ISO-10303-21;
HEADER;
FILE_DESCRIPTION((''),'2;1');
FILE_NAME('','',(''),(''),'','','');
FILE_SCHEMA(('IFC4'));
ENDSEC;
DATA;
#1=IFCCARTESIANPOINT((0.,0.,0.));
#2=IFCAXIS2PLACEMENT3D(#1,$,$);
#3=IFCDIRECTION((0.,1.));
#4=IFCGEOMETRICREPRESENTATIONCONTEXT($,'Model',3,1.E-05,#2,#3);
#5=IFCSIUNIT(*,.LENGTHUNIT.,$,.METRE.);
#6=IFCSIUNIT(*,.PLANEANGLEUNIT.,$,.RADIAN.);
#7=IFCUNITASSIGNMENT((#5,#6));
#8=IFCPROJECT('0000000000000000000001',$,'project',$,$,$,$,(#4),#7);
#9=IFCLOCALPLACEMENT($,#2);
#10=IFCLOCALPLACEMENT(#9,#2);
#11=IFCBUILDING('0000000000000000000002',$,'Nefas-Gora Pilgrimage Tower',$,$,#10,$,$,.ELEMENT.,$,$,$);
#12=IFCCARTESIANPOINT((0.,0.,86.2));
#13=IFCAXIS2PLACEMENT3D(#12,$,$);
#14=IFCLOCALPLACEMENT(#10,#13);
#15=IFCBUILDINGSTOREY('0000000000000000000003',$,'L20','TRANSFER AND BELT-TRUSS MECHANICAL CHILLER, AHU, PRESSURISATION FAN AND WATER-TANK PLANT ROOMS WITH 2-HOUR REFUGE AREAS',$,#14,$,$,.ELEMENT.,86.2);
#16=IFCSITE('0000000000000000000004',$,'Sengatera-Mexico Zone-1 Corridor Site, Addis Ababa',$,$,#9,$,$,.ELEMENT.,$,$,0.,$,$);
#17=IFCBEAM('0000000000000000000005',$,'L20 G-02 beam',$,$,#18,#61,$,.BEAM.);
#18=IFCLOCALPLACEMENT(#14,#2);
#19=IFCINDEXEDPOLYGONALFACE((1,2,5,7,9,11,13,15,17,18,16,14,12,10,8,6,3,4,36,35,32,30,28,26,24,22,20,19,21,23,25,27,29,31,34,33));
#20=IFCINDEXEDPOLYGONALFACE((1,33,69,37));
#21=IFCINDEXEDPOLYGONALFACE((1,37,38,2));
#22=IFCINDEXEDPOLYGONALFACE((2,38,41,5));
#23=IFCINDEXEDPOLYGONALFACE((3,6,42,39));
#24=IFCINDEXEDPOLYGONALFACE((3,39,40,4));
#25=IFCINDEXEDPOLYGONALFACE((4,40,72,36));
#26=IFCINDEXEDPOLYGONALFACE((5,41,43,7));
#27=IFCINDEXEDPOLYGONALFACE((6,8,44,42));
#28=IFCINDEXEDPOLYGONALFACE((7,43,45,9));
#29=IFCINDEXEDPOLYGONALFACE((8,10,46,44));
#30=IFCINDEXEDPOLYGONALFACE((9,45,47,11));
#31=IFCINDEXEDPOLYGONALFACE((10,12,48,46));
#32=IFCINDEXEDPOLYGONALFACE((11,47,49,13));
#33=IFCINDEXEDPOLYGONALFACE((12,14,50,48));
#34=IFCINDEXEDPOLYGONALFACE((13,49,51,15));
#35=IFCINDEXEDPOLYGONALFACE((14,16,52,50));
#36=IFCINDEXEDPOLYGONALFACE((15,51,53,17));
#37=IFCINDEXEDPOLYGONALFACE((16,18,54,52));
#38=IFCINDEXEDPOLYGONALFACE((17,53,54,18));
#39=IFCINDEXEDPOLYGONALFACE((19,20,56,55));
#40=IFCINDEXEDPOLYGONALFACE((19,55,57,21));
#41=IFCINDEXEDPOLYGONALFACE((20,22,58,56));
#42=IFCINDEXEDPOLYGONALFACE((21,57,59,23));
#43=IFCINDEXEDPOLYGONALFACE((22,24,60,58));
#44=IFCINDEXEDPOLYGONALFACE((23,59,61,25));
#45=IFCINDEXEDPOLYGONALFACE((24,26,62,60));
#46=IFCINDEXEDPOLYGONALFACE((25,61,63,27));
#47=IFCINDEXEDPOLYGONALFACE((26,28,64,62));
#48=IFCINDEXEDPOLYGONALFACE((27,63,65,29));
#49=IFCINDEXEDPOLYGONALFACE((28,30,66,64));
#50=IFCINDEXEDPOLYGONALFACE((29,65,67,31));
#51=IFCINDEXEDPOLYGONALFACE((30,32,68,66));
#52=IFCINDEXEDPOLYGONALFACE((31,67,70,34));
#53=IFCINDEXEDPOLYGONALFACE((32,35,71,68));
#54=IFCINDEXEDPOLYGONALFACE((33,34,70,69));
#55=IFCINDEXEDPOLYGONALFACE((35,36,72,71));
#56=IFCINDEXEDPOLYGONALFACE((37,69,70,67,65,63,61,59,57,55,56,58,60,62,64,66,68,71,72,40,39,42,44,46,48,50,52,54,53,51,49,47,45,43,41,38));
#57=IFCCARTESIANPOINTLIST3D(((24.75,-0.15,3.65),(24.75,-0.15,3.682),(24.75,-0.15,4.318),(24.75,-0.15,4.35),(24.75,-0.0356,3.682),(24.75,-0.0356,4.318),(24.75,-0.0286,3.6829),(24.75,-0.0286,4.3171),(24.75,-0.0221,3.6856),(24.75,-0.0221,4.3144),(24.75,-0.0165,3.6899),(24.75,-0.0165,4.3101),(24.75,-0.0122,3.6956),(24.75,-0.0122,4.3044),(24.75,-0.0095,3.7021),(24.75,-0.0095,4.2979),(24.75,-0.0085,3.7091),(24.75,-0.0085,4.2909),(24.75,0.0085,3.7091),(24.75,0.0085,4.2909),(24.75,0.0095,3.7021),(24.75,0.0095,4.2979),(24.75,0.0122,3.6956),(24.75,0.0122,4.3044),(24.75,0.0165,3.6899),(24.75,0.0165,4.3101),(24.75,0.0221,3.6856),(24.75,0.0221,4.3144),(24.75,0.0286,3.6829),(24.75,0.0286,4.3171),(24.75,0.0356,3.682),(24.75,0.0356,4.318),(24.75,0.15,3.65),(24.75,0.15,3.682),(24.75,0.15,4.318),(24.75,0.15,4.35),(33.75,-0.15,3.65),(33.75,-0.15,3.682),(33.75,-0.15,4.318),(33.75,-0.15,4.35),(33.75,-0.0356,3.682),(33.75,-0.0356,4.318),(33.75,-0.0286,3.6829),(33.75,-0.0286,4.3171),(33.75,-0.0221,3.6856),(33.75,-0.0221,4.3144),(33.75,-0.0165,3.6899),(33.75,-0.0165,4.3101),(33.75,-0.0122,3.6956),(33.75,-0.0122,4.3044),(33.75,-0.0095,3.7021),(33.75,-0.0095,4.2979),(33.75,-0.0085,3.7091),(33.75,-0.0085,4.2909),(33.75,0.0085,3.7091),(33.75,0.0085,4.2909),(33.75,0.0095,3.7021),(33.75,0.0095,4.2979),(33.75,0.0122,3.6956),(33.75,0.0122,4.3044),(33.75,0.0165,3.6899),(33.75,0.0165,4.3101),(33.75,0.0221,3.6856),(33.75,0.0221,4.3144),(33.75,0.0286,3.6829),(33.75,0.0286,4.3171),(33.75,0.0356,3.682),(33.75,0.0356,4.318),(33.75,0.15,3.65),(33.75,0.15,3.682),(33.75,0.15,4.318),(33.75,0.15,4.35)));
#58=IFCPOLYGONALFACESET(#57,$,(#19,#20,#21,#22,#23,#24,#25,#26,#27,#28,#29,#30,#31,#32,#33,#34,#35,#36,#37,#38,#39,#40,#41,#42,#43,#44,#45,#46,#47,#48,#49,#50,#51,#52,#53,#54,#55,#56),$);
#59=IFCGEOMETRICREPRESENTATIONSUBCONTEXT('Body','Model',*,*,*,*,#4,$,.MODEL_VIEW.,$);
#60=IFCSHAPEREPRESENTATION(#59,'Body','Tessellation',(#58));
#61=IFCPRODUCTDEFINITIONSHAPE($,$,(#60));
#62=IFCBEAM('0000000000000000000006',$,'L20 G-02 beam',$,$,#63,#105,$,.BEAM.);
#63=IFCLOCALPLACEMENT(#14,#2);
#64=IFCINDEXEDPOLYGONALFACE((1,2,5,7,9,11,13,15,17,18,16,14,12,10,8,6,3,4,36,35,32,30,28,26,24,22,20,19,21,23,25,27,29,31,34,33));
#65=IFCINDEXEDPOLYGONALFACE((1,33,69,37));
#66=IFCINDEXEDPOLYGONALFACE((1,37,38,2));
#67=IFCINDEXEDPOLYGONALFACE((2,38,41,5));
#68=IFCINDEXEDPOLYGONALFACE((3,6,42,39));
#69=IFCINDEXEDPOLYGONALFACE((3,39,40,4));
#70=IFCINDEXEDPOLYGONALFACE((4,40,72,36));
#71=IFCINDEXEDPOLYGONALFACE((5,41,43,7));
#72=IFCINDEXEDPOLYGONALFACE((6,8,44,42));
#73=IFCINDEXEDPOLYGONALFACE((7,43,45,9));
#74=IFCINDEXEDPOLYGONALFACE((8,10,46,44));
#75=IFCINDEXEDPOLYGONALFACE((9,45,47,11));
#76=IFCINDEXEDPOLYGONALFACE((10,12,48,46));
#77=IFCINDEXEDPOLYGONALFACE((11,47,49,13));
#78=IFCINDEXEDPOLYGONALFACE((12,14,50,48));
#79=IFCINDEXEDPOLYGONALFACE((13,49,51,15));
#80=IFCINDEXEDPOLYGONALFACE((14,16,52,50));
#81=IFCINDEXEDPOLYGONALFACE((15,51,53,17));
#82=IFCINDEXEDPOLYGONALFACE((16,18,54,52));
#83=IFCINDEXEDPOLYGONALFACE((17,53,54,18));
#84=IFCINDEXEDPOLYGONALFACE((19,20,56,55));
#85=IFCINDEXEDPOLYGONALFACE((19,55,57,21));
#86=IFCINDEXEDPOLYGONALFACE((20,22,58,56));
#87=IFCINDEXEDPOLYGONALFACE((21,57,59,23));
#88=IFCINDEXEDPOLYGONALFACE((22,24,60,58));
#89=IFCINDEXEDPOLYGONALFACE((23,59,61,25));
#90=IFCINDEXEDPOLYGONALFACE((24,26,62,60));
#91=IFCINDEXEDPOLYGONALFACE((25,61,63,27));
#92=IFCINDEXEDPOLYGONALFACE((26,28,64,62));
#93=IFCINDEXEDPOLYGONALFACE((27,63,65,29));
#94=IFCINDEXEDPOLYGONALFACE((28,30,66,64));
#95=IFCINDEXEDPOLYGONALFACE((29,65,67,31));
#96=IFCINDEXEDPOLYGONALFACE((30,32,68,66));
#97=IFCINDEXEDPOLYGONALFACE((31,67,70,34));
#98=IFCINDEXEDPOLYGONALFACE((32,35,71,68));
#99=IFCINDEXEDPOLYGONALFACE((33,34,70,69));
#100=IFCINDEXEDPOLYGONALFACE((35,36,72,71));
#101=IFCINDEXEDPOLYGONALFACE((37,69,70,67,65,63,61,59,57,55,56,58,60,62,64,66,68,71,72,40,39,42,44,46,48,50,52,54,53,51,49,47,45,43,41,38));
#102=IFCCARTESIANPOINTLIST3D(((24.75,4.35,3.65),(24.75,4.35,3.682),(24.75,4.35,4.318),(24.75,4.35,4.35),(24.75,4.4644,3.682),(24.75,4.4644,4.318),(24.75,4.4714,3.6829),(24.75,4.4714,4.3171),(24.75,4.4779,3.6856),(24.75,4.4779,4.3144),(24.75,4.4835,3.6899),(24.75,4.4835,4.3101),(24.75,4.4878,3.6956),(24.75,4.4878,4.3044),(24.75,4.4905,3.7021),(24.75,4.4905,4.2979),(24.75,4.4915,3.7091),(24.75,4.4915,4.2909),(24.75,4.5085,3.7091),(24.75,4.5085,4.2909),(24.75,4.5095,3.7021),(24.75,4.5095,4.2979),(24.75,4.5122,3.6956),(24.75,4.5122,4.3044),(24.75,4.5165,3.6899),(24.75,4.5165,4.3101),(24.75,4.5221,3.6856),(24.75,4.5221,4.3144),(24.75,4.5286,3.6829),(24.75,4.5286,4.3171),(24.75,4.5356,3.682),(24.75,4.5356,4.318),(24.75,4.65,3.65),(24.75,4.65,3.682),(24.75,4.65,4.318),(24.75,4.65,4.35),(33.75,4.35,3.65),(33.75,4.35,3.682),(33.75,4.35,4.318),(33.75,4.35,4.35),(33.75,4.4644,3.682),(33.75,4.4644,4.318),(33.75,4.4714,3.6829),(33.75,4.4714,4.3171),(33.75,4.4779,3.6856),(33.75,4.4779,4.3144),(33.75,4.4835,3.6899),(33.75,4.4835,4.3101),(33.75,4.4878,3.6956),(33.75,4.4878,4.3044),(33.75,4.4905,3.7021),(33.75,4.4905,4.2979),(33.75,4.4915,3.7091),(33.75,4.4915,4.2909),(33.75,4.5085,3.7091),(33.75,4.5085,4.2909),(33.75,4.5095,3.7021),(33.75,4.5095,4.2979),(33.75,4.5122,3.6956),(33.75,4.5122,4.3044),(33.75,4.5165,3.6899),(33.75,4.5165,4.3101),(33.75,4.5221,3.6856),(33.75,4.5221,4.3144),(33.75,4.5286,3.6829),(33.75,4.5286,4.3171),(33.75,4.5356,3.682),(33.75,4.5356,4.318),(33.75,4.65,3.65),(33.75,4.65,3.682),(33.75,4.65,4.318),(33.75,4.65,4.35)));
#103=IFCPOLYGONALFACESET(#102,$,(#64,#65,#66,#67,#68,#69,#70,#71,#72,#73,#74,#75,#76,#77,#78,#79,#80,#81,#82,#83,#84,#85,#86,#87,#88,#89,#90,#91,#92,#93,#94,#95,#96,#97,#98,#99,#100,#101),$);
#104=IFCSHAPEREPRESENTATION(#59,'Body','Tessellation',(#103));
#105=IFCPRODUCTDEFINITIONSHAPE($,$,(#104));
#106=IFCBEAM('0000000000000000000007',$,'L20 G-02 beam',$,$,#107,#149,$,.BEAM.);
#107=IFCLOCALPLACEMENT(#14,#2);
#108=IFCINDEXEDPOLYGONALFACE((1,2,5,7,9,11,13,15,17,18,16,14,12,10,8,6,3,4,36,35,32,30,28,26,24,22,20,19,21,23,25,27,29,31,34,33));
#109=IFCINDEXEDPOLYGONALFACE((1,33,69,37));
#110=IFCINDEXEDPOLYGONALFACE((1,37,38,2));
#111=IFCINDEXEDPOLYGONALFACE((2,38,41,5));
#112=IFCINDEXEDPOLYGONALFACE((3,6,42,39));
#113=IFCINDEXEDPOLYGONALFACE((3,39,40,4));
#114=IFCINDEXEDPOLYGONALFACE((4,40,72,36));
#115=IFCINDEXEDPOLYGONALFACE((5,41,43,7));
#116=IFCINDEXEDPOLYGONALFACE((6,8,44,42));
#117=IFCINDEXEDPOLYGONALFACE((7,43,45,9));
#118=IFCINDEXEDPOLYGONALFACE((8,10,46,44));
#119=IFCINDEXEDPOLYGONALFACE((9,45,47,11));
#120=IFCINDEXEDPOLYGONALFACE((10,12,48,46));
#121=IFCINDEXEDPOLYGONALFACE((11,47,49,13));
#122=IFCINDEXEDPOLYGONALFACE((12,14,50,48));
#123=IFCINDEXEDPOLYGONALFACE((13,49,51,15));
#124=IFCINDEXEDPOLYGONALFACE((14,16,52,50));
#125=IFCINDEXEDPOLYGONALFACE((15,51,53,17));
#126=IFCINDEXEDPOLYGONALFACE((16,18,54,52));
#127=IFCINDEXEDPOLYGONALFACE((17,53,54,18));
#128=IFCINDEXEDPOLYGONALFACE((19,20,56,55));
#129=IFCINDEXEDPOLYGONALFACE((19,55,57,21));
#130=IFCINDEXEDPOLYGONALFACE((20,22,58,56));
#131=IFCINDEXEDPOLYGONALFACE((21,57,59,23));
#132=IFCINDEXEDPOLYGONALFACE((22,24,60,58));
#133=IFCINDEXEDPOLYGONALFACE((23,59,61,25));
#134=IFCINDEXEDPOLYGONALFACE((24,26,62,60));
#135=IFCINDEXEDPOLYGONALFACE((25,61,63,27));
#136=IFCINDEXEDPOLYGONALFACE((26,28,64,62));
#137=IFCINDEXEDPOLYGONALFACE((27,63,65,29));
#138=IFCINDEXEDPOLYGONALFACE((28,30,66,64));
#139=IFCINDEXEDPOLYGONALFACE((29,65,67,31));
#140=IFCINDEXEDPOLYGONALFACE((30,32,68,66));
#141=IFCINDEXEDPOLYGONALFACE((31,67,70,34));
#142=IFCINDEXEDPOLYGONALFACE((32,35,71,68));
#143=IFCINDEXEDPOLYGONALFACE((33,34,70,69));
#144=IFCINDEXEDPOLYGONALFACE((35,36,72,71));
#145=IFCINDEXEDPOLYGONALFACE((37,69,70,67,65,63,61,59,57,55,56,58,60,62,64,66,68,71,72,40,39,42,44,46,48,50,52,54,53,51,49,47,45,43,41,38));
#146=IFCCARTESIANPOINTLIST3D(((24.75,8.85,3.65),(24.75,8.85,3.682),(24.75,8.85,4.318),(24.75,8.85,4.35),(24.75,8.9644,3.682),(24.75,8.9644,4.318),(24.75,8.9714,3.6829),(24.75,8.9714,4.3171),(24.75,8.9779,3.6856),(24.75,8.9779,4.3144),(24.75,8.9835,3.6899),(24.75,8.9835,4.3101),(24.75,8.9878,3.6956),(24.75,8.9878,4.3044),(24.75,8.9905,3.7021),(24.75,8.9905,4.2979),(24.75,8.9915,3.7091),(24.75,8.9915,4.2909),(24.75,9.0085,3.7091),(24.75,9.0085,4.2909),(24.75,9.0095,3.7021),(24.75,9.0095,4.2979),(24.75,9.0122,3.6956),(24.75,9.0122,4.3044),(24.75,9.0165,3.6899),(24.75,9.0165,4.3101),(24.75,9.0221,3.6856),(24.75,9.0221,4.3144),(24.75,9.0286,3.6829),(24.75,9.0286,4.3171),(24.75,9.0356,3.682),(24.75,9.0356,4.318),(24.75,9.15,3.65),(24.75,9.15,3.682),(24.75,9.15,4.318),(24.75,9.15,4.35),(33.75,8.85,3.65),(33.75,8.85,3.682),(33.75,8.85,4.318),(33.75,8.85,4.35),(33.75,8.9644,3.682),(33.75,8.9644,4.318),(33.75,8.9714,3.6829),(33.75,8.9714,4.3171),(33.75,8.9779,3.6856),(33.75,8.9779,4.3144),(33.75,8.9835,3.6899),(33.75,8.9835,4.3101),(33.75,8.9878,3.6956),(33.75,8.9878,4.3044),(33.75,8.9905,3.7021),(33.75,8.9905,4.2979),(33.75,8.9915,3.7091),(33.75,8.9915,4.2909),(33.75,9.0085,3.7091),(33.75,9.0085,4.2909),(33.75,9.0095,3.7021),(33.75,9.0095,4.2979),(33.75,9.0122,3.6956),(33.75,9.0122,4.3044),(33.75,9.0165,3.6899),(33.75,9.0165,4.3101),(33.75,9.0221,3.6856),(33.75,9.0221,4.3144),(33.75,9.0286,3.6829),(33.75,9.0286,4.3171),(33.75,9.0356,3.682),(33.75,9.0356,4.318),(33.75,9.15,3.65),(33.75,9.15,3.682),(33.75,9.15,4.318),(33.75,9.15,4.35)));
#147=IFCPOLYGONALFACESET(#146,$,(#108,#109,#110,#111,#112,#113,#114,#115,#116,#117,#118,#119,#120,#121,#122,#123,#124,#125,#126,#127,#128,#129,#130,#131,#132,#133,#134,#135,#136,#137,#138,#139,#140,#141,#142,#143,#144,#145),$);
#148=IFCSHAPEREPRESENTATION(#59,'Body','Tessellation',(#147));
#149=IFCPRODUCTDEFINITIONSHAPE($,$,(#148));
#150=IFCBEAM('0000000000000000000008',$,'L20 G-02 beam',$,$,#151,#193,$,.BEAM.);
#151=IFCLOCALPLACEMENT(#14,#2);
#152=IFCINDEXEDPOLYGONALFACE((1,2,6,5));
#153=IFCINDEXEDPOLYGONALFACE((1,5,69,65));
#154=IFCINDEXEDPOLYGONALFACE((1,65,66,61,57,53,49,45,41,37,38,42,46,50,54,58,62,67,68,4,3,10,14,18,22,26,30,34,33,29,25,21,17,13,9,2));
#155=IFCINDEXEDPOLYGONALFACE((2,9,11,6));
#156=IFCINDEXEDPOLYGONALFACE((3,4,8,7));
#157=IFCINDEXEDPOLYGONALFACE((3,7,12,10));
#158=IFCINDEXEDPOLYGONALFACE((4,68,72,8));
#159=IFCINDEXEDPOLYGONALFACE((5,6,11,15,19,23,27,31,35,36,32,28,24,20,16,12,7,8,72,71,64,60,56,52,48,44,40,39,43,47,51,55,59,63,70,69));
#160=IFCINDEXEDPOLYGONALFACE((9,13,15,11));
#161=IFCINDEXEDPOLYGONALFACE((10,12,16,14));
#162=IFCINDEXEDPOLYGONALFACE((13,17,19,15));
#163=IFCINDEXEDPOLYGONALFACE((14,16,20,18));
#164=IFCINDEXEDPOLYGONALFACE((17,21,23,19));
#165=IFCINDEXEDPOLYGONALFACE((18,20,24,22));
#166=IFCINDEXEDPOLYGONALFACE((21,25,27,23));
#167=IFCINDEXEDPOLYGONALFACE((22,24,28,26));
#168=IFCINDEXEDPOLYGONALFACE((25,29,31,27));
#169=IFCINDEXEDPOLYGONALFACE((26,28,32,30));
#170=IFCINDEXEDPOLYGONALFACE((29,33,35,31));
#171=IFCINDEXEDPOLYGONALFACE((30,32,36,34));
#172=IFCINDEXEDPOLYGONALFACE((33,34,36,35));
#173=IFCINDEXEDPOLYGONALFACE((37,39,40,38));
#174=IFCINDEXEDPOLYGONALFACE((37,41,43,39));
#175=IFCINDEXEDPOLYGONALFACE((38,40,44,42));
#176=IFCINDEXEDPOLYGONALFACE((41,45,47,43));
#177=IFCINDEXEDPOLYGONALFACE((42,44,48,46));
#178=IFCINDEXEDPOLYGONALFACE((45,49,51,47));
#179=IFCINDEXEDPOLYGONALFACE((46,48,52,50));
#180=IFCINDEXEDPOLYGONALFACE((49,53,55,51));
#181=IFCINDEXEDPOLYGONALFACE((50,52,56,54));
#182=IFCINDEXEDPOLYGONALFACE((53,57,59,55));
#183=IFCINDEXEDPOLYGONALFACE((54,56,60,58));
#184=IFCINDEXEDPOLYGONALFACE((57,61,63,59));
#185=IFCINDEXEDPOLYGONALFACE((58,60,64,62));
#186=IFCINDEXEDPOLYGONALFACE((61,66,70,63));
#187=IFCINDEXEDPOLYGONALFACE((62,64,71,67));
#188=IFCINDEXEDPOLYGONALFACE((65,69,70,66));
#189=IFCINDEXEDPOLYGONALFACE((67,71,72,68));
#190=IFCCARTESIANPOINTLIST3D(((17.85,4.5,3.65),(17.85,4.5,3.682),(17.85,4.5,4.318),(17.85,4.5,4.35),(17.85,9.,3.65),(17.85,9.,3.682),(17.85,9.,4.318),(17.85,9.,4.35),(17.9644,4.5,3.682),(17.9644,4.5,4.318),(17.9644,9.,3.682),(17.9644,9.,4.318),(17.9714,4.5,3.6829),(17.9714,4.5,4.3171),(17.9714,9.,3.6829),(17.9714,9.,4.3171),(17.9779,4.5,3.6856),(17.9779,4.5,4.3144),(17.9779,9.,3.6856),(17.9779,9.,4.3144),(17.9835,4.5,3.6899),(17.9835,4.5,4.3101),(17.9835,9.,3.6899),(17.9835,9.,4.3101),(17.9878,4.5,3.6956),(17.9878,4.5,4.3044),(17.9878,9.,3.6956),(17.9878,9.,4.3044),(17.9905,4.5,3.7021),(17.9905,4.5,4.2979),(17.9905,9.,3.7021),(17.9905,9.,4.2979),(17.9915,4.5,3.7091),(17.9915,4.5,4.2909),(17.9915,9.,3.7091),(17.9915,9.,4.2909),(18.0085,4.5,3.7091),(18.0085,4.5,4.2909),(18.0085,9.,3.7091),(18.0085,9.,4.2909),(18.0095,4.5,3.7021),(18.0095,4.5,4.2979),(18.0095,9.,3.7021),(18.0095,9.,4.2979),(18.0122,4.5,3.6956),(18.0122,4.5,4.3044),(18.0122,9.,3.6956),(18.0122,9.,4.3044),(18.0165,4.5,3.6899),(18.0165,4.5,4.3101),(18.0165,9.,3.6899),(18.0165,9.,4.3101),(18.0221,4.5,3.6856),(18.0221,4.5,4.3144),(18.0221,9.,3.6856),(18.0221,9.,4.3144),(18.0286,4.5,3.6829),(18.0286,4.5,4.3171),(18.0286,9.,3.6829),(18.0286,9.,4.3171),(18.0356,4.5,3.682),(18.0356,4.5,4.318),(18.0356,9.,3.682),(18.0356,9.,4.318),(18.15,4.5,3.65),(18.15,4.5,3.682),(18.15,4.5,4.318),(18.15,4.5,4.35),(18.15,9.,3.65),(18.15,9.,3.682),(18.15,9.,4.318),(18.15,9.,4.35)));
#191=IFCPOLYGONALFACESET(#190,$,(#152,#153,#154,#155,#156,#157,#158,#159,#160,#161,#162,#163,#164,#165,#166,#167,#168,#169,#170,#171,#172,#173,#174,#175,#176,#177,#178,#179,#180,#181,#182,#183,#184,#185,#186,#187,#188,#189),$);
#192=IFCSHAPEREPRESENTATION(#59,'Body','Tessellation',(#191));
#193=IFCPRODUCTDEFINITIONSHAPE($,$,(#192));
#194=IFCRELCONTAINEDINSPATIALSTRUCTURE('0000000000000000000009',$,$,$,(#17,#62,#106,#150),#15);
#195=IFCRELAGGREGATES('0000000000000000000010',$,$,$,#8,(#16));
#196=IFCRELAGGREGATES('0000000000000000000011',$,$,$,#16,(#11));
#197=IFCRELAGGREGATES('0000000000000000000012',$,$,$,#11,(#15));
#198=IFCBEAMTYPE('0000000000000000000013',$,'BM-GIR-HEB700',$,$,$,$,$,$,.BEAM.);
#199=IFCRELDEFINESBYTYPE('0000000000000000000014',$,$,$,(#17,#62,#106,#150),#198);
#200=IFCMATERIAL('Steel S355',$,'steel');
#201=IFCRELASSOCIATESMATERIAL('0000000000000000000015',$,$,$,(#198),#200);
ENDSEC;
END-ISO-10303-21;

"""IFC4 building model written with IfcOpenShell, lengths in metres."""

from ifc_helpers import new_model, si_unit, direction, frame, origin, origin_2d, place, context, subcontext, project, spatial, i_section, extrude, source, transform, mapped, material, material_profile, profile_set, type_object, element, save


model = new_model("IFC4")

# Units and contexts
model_context = context("Model", 3, precision=1e-05, world=origin(), true_north=direction((0.0, 1.0)))
body_context = subcontext(model_context, "Body", "Model", "MODEL_VIEW")
ifc_project = project(units=[si_unit("LENGTHUNIT", "METRE"), si_unit("PLANEANGLEUNIT", "RADIAN")], contexts=[model_context])

# Site, building, storey
site_placement = place(None, origin())
site = spatial("IfcSite", under=ifc_project, at=site_placement, Name="Sengatera-Mexico Zone-1 Corridor Site, Addis Ababa", CompositionType="ELEMENT", RefElevation=0.0)
building_placement = place(site_placement, origin())
building = spatial("IfcBuilding", under=site, at=building_placement, Name="Nefas-Gora Pilgrimage Tower", CompositionType="ELEMENT")
storey_placement = place(building_placement, frame((0.0, 0.0, 86.2)))
storey = spatial("IfcBuildingStorey", under=building, at=storey_placement, Name="L20", Description="TRANSFER AND BELT-TRUSS MECHANICAL CHILLER, AHU, PRESSURISATION FAN AND WATER-TANK PLANT ROOMS WITH 2-HOUR REFUGE AREAS", CompositionType="ELEMENT", Elevation=86.2)

# Beams
ifc_material_1 = material(Name="Steel S355", Category="steel")
ifc_material_profile_1 = material_profile(ifc_material_1, i_section(OverallWidth=0.3, OverallDepth=0.7, WebThickness=0.0171, FlangeThickness=0.032, FilletRadius=0.0271, at=origin_2d()), Name="HEB 700")
ifc_profile_set_1 = profile_set([ifc_material_profile_1], Name="Steel S355")
beam_type_1 = type_object("IfcBeamType", Name="BM-GIR-HEB700", PredefinedType="BEAM", material=ifc_profile_set_1)
shared_shape_1 = source(origin(), body_context, "Body", "SweptSolid", [
    extrude(i_section(OverallWidth=0.3, OverallDepth=0.7, WebThickness=0.0171, FlangeThickness=0.032, FilletRadius=0.0271, at=origin_2d()), origin(), (0.0, 0.0, 1.0), 9.0),
])
for number, where, z_axis, x_axis, name in (
    (1, (24.75, 0.0, 4.0), (1.0, 0.0, 0.0), (0.0, 1.0, 0.0), "L20 G-02 beam"),
    (2, (24.75, 4.5, 4.0), (1.0, 0.0, 0.0), (0.0, 1.0, 0.0), "L20 G-02 beam"),
    (3, (24.75, 9.0, 4.0), (1.0, 0.0, 0.0), (0.0, 1.0, 0.0), "L20 G-02 beam"),
):
    element("IfcBeam", number, at=place(storey_placement, frame(where, z_axis=z_axis, x_axis=x_axis)), inside=storey, type_object=beam_type_1, Name=name, PredefinedType="BEAM", context=body_context, shape_type="MappedRepresentation", body=[
        mapped(shared_shape_1, transform((0.0, 0.0, 0.0), x_axis=(1.0, 0.0, 0.0), y_axis=(0.0, 1.0, 0.0), z_axis=(0.0, 0.0, 1.0), scale=1.0)),
    ])
shared_shape_2 = source(origin(), body_context, "Body", "SweptSolid", [
    extrude(i_section(OverallWidth=0.3, OverallDepth=0.7, WebThickness=0.0171, FlangeThickness=0.032, FilletRadius=0.0271, at=origin_2d()), origin(), (0.0, 0.0, 1.0), 4.5),
])
for number, where, z_axis, x_axis, name in (
    (4, (18.0, 4.5, 4.0), (0.0, 1.0, 0.0), (-1.0, 0.0, 0.0), "L20 G-02 beam"),
):
    element("IfcBeam", number, at=place(storey_placement, frame(where, z_axis=z_axis, x_axis=x_axis)), inside=storey, type_object=beam_type_1, Name=name, PredefinedType="BEAM", context=body_context, shape_type="MappedRepresentation", body=[
        mapped(shared_shape_2, transform((0.0, 0.0, 0.0), x_axis=(1.0, 0.0, 0.0), y_axis=(0.0, 1.0, 0.0), z_axis=(0.0, 0.0, 1.0), scale=1.0)),
    ])

save(model, "model.ifc")
